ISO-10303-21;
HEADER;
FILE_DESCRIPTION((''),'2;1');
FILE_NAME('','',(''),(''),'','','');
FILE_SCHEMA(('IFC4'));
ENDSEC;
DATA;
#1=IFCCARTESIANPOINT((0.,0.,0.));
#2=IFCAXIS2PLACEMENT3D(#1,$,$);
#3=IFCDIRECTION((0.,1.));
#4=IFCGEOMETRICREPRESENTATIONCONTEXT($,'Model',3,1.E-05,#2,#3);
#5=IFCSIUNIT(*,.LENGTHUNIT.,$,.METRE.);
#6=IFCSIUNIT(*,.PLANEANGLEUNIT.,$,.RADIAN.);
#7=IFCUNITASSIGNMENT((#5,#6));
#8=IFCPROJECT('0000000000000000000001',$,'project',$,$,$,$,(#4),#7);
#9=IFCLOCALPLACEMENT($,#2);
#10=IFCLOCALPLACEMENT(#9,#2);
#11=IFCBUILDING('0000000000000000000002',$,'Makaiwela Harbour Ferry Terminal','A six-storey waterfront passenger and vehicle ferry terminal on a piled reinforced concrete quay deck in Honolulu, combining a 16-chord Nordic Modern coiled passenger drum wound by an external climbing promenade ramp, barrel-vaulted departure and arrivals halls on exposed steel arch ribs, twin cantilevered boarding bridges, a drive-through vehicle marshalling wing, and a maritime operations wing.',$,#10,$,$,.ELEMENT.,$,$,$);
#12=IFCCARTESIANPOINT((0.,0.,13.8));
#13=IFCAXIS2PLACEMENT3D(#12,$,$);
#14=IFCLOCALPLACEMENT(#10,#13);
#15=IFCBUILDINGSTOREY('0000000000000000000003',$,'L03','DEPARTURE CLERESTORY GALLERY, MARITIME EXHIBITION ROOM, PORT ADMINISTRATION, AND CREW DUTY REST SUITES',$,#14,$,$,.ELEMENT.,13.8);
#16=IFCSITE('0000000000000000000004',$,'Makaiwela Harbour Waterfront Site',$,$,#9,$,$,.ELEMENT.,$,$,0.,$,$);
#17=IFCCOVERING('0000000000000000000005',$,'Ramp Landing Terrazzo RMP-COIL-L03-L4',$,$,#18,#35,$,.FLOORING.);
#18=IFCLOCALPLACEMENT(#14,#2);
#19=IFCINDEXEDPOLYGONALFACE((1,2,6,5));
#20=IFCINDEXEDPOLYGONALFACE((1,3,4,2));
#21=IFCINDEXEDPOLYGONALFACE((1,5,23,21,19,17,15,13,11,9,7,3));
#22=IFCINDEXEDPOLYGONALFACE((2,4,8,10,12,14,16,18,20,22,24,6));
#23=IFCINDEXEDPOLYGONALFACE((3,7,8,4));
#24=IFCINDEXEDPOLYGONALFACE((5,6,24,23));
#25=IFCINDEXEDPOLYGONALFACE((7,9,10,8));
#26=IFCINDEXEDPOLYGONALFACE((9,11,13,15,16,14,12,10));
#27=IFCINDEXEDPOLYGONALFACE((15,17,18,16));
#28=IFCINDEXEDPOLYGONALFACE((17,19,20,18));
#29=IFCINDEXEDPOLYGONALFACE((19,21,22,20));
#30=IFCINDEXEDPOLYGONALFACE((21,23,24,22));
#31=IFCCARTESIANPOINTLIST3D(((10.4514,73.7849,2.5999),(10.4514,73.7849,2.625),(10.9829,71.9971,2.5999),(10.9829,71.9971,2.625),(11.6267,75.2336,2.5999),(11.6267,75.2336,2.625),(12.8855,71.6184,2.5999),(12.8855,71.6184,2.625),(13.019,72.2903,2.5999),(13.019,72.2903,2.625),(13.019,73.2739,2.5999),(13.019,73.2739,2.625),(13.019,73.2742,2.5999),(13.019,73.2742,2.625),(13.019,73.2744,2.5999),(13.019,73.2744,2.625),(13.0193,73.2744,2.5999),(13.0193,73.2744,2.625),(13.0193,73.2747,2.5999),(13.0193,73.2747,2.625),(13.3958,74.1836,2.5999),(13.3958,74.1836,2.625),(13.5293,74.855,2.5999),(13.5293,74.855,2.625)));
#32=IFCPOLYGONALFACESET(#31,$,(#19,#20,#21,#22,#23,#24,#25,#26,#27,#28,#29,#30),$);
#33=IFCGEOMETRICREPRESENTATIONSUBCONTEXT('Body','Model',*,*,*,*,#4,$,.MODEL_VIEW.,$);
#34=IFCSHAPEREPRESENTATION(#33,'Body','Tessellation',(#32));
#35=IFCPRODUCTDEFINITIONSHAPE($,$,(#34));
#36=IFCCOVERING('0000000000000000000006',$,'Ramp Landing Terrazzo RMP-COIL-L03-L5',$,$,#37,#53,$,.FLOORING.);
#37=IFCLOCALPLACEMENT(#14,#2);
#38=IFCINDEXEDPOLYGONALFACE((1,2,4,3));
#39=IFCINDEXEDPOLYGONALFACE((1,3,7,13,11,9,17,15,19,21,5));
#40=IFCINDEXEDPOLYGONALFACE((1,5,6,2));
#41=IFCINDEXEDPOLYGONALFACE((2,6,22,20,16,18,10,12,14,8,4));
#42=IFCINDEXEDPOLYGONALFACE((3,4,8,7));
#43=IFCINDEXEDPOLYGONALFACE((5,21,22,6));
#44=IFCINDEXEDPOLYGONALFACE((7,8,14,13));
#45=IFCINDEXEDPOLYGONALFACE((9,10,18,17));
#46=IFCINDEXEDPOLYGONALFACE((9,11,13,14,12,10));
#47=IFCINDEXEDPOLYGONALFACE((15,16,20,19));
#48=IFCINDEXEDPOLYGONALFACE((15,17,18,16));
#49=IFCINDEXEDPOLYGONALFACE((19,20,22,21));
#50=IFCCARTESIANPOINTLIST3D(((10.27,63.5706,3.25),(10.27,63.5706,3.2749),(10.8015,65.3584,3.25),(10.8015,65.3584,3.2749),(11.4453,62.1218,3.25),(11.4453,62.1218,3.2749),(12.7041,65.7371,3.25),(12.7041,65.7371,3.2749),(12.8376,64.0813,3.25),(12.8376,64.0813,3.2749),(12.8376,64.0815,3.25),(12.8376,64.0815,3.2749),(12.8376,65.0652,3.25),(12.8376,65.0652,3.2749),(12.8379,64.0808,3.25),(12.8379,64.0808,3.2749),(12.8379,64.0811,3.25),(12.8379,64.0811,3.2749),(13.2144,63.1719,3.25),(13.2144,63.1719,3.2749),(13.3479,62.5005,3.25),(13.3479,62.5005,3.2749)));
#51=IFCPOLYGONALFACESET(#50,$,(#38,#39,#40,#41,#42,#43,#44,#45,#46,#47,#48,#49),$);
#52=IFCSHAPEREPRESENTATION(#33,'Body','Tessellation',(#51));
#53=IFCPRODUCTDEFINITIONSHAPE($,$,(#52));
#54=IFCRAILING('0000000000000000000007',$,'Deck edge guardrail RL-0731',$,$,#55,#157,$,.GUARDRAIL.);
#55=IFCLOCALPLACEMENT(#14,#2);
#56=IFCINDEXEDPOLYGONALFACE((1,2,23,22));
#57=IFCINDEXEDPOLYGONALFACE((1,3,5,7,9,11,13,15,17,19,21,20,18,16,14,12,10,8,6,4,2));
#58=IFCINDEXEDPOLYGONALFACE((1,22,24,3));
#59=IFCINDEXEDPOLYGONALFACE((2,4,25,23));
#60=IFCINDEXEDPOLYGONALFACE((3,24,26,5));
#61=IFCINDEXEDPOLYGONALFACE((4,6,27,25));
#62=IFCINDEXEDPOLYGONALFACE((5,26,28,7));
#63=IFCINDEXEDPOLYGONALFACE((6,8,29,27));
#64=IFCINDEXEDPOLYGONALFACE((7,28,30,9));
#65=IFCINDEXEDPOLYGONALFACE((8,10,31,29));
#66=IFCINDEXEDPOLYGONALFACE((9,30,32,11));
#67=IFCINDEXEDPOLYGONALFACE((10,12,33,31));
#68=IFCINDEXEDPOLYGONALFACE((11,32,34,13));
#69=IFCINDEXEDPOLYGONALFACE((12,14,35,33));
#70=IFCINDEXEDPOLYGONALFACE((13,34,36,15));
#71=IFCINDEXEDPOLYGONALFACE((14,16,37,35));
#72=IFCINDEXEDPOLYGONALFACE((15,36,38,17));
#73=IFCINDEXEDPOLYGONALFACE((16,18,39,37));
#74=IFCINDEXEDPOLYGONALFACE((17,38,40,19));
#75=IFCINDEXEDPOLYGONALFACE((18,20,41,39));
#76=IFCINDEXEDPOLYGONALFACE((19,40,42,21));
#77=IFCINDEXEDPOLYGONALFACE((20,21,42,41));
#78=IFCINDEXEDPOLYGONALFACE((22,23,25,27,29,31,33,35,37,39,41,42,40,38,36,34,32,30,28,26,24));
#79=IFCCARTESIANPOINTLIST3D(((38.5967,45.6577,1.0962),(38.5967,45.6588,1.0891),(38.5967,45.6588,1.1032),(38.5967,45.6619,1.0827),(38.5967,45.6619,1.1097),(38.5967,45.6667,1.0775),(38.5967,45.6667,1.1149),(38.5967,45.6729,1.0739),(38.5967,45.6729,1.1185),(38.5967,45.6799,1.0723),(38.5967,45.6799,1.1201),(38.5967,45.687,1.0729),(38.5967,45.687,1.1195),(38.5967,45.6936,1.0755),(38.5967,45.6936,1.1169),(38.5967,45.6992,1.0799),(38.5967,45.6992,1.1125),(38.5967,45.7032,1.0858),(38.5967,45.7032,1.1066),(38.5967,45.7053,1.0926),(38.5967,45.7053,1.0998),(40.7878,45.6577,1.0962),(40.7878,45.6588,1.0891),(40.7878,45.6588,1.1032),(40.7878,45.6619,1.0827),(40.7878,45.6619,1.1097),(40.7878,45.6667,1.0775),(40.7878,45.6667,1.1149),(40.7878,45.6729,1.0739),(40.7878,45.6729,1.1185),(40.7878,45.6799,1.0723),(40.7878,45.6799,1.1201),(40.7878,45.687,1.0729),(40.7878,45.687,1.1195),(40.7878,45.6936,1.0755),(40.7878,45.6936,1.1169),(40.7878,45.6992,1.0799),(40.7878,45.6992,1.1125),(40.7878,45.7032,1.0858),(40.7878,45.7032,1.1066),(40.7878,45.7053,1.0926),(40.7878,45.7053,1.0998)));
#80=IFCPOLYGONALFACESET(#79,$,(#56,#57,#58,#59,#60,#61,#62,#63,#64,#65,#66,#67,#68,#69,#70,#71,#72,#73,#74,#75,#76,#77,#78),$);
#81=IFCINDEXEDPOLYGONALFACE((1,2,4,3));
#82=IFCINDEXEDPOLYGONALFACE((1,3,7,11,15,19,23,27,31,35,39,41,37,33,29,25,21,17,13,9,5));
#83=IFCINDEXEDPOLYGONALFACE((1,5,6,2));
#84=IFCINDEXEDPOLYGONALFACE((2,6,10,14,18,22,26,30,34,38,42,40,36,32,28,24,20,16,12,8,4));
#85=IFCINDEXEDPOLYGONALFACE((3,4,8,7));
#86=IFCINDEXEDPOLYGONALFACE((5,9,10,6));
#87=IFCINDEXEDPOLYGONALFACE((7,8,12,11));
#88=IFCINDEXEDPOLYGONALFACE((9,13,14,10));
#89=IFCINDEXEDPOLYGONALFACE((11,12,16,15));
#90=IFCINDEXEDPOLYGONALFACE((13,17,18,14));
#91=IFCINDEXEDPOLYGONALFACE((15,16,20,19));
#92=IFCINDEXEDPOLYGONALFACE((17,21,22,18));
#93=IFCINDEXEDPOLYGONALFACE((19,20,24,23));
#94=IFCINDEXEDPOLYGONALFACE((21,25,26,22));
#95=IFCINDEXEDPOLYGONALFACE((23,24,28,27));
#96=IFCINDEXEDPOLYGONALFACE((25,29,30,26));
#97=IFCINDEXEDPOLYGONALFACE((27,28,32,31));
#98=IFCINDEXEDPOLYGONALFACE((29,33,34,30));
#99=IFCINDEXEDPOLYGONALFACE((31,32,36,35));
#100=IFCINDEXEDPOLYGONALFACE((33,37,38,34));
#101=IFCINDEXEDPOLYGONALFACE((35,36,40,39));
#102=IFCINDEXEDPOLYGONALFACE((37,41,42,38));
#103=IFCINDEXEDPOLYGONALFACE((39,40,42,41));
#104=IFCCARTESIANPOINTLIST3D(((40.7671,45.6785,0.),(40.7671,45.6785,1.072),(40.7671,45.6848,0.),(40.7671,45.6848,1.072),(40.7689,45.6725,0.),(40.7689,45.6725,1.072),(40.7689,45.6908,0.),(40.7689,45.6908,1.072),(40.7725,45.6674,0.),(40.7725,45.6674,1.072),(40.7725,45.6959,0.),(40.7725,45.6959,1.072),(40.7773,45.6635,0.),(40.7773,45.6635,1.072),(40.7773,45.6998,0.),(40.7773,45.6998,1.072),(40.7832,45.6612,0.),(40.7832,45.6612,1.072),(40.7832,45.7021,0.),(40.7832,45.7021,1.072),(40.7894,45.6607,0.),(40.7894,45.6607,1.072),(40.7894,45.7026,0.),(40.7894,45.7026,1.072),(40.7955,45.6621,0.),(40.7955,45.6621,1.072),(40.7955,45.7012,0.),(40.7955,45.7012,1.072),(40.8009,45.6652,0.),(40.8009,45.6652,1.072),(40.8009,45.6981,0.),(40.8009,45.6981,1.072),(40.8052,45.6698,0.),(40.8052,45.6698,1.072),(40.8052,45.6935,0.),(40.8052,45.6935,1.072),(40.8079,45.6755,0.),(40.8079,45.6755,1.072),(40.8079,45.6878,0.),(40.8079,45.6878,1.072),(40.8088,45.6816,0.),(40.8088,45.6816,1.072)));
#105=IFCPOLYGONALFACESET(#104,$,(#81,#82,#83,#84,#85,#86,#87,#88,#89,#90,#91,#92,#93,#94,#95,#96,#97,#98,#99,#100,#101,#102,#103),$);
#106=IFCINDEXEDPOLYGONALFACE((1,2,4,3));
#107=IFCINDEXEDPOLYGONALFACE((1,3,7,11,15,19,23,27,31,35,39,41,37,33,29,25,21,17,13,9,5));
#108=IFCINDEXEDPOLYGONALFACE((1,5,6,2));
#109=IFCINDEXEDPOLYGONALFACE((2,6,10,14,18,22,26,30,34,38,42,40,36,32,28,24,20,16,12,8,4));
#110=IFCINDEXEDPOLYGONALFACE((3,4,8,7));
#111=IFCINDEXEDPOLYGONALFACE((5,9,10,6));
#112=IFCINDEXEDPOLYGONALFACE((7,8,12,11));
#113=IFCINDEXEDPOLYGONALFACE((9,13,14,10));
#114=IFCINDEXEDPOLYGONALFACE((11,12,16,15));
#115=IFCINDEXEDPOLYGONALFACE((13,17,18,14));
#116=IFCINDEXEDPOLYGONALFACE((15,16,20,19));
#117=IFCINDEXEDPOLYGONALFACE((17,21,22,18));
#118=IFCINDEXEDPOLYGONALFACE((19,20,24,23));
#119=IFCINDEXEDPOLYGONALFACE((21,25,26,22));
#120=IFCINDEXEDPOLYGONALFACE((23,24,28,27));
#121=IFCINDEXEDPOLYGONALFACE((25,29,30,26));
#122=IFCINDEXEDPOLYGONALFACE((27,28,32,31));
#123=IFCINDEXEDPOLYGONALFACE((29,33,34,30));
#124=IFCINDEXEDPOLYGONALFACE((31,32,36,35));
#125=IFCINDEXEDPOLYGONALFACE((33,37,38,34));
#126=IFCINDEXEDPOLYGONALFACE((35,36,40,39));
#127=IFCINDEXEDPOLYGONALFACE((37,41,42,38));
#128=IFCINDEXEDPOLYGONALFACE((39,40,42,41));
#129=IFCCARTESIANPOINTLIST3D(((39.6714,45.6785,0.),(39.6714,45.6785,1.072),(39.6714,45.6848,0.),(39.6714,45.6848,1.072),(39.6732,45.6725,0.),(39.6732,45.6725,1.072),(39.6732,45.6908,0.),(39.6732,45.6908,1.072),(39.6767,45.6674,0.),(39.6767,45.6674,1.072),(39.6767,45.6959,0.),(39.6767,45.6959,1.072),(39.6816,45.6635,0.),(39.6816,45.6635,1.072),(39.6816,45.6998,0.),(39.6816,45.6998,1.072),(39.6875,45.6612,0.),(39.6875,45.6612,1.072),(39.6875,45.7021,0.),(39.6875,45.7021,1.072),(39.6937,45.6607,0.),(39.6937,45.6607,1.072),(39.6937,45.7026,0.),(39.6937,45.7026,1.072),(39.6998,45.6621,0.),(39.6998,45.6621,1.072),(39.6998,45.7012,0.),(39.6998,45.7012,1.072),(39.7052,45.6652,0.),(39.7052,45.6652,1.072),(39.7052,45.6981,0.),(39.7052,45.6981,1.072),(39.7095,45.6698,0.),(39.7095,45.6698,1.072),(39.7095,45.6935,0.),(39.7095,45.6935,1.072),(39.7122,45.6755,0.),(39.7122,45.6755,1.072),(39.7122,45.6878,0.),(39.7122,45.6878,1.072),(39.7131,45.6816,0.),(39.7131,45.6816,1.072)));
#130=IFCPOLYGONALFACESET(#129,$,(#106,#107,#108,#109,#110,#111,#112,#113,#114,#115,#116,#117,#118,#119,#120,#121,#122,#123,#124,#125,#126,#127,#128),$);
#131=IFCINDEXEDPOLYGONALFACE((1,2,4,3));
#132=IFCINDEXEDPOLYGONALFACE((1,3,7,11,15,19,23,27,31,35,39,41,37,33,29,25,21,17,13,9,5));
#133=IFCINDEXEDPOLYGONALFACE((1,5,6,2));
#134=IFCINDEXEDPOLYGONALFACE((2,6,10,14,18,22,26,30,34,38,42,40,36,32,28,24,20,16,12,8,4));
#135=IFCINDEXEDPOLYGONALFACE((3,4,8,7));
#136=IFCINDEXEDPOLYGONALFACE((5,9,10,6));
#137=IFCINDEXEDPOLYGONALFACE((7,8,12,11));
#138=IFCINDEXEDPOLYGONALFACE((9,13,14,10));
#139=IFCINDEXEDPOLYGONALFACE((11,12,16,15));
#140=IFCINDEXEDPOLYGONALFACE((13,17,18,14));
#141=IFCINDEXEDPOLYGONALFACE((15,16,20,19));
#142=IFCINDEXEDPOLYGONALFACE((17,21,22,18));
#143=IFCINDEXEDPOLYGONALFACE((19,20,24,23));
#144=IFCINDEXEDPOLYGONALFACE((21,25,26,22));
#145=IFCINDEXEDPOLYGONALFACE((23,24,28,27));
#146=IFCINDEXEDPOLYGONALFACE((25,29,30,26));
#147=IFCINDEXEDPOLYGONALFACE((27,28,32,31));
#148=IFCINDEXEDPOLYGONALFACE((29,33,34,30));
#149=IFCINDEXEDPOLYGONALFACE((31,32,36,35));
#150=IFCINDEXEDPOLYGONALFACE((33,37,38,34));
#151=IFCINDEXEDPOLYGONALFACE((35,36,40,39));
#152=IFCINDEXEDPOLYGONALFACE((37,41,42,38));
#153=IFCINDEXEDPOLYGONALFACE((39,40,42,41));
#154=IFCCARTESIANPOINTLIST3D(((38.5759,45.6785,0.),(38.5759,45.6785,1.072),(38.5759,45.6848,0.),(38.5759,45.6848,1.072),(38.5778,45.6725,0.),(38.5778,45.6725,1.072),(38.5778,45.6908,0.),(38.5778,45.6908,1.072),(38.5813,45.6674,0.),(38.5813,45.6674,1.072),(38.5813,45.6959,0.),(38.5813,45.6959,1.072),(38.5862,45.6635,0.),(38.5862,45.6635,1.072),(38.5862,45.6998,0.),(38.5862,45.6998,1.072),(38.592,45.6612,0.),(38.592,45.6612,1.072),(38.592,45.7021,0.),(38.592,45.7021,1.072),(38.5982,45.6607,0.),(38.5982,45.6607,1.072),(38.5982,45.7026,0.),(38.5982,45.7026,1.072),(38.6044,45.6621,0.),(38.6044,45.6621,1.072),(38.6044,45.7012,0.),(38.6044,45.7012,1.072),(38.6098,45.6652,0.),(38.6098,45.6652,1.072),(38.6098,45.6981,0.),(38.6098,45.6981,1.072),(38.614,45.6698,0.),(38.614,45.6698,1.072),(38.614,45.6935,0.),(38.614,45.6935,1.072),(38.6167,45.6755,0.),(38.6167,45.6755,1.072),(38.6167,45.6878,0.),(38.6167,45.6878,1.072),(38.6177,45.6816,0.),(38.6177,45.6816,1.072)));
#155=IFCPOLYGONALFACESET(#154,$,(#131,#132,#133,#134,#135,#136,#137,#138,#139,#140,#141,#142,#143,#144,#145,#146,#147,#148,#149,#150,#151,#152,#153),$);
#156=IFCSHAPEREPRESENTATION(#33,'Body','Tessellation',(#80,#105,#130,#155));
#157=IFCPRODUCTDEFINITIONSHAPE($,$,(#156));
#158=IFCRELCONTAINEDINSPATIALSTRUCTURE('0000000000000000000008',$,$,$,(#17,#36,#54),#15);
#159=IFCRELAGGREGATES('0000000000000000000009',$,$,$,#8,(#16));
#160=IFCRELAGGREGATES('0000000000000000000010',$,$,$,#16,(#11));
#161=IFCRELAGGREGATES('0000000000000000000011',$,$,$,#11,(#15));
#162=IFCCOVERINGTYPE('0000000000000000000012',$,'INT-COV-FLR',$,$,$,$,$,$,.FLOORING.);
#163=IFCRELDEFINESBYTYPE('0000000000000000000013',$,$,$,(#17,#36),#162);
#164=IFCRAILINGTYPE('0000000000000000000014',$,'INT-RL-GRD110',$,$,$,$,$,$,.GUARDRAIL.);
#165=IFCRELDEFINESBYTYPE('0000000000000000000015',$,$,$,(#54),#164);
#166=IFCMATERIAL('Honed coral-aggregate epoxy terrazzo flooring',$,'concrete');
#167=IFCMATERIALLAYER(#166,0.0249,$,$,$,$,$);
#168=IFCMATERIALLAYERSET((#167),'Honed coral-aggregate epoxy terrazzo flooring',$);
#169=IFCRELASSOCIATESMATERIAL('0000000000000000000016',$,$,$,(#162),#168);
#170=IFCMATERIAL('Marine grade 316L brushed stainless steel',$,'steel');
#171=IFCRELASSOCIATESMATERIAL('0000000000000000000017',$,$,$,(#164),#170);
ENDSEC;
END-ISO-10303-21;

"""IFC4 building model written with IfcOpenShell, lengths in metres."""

from ifc_helpers import new_model, si_unit, direction, frame, origin, origin_2d, place, context, subcontext, project, spatial, polyline, circle, outline, extrude, material, layer, layer_set, type_object, element, save


model = new_model("IFC4")

# Units and contexts
model_context = context("Model", 3, precision=1e-05, world=origin(), true_north=direction((0.0, 1.0)))
body_context = subcontext(model_context, "Body", "Model", "MODEL_VIEW")
ifc_project = project(units=[si_unit("LENGTHUNIT", "METRE"), si_unit("PLANEANGLEUNIT", "RADIAN")], contexts=[model_context])

# Site, building, storey
site_placement = place(None, origin())
site = spatial("IfcSite", under=ifc_project, at=site_placement, Name="Makaiwela Harbour Waterfront Site", CompositionType="ELEMENT", RefElevation=0.0)
building_placement = place(site_placement, origin())
building = spatial("IfcBuilding", under=site, at=building_placement, Name="Makaiwela Harbour Ferry Terminal", Description="A six-storey waterfront passenger and vehicle ferry terminal on a piled reinforced concrete quay deck in Honolulu, combining a 16-chord Nordic Modern coiled passenger drum wound by an external climbing promenade ramp, barrel-vaulted departure and arrivals halls on exposed steel arch ribs, twin cantilevered boarding bridges, a drive-through vehicle marshalling wing, and a maritime operations wing.", CompositionType="ELEMENT")
storey_placement = place(building_placement, frame((0.0, 0.0, 13.8)))
storey = spatial("IfcBuildingStorey", under=building, at=storey_placement, Name="L03", Description="DEPARTURE CLERESTORY GALLERY, MARITIME EXHIBITION ROOM, PORT ADMINISTRATION, AND CREW DUTY REST SUITES", CompositionType="ELEMENT", Elevation=13.8)

# Coverings
ifc_material_1 = material(Name="Honed coral-aggregate epoxy terrazzo flooring", Category="concrete")
ifc_layer_1 = layer(ifc_material_1, 0.0249)
ifc_layer_set_1 = layer_set([ifc_layer_1], Name="Honed coral-aggregate epoxy terrazzo flooring")
covering_type_1 = type_object("IfcCoveringType", Name="INT-COV-FLR", PredefinedType="FLOORING", material=ifc_layer_set_1)
covering_1_placement = place(storey_placement, frame((0.0, 0.0, 2.5999)))
element("IfcCovering", 1, at=covering_1_placement, inside=storey, type_object=covering_type_1, Name="Ramp Landing Terrazzo RMP-COIL-L03-L4", PredefinedType="FLOORING", context=body_context, shape_type="SweptSolid", body=[
    extrude(outline(polyline([(13.019, 72.2903), (13.019, 73.2739), (13.019, 73.2742), (13.019, 73.2744), (13.0193, 73.2744), (13.0193, 73.2747), (13.3958, 74.1836), (13.5293, 74.855), (11.6267, 75.2336), (10.4514, 73.7849), (10.9829, 71.9971), (12.8855, 71.6184), (13.019, 72.2903)])), origin(), (0.0, 0.0, 1.0), 0.0251),
])
covering_2_placement = place(storey_placement, frame((0.0, 0.0, 3.25)))
element("IfcCovering", 2, at=covering_2_placement, inside=storey, type_object=covering_type_1, Name="Ramp Landing Terrazzo RMP-COIL-L03-L5", PredefinedType="FLOORING", context=body_context, shape_type="SweptSolid", body=[
    extrude(outline(polyline([(13.2144, 63.1719), (12.8379, 64.0808), (12.8379, 64.0811), (12.8376, 64.0813), (12.8376, 64.0813), (12.8376, 64.0815), (12.8376, 65.0652), (12.7041, 65.7371), (10.8015, 65.3584), (10.27, 63.5706), (11.4453, 62.1218), (13.3479, 62.5005), (13.2144, 63.1719)])), origin(), (0.0, 0.0, 1.0), 0.0249),
])

# Railing
ifc_material_2 = material(Name="Marine grade 316L brushed stainless steel", Category="steel")
railing_type = type_object("IfcRailingType", Name="INT-RL-GRD110", PredefinedType="GUARDRAIL", material=ifc_material_2)
for number, where, name in (
    (3, (40.7878, 45.6816, 0.0), "Deck edge guardrail RL-0731"),
):
    element("IfcRailing", number, at=place(storey_placement, frame(where)), inside=storey, type_object=railing_type, Name=name, PredefinedType="GUARDRAIL", context=body_context, shape_type="SweptSolid", body=[
        extrude(circle(Radius=0.0239, at=origin_2d()), frame((0.0, 0.0, 1.0962), z_axis=(-1.0, 0.0, 0.0), x_axis=(0.0, -1.0, 0.0)), (0.0, 0.0, 1.0), 2.1912),
        extrude(circle(Radius=0.021, at=origin_2d()), origin(), (0.0, 0.0, 1.0), 1.072),
        extrude(circle(Radius=0.021, at=origin_2d()), frame((-1.0957, 0.0, 0.0)), (0.0, 0.0, 1.0), 1.072),
        extrude(circle(Radius=0.021, at=origin_2d()), frame((-2.1912, 0.0, 0.0)), (0.0, 0.0, 1.0), 1.072),
    ])

save(model, "model.ifc")
